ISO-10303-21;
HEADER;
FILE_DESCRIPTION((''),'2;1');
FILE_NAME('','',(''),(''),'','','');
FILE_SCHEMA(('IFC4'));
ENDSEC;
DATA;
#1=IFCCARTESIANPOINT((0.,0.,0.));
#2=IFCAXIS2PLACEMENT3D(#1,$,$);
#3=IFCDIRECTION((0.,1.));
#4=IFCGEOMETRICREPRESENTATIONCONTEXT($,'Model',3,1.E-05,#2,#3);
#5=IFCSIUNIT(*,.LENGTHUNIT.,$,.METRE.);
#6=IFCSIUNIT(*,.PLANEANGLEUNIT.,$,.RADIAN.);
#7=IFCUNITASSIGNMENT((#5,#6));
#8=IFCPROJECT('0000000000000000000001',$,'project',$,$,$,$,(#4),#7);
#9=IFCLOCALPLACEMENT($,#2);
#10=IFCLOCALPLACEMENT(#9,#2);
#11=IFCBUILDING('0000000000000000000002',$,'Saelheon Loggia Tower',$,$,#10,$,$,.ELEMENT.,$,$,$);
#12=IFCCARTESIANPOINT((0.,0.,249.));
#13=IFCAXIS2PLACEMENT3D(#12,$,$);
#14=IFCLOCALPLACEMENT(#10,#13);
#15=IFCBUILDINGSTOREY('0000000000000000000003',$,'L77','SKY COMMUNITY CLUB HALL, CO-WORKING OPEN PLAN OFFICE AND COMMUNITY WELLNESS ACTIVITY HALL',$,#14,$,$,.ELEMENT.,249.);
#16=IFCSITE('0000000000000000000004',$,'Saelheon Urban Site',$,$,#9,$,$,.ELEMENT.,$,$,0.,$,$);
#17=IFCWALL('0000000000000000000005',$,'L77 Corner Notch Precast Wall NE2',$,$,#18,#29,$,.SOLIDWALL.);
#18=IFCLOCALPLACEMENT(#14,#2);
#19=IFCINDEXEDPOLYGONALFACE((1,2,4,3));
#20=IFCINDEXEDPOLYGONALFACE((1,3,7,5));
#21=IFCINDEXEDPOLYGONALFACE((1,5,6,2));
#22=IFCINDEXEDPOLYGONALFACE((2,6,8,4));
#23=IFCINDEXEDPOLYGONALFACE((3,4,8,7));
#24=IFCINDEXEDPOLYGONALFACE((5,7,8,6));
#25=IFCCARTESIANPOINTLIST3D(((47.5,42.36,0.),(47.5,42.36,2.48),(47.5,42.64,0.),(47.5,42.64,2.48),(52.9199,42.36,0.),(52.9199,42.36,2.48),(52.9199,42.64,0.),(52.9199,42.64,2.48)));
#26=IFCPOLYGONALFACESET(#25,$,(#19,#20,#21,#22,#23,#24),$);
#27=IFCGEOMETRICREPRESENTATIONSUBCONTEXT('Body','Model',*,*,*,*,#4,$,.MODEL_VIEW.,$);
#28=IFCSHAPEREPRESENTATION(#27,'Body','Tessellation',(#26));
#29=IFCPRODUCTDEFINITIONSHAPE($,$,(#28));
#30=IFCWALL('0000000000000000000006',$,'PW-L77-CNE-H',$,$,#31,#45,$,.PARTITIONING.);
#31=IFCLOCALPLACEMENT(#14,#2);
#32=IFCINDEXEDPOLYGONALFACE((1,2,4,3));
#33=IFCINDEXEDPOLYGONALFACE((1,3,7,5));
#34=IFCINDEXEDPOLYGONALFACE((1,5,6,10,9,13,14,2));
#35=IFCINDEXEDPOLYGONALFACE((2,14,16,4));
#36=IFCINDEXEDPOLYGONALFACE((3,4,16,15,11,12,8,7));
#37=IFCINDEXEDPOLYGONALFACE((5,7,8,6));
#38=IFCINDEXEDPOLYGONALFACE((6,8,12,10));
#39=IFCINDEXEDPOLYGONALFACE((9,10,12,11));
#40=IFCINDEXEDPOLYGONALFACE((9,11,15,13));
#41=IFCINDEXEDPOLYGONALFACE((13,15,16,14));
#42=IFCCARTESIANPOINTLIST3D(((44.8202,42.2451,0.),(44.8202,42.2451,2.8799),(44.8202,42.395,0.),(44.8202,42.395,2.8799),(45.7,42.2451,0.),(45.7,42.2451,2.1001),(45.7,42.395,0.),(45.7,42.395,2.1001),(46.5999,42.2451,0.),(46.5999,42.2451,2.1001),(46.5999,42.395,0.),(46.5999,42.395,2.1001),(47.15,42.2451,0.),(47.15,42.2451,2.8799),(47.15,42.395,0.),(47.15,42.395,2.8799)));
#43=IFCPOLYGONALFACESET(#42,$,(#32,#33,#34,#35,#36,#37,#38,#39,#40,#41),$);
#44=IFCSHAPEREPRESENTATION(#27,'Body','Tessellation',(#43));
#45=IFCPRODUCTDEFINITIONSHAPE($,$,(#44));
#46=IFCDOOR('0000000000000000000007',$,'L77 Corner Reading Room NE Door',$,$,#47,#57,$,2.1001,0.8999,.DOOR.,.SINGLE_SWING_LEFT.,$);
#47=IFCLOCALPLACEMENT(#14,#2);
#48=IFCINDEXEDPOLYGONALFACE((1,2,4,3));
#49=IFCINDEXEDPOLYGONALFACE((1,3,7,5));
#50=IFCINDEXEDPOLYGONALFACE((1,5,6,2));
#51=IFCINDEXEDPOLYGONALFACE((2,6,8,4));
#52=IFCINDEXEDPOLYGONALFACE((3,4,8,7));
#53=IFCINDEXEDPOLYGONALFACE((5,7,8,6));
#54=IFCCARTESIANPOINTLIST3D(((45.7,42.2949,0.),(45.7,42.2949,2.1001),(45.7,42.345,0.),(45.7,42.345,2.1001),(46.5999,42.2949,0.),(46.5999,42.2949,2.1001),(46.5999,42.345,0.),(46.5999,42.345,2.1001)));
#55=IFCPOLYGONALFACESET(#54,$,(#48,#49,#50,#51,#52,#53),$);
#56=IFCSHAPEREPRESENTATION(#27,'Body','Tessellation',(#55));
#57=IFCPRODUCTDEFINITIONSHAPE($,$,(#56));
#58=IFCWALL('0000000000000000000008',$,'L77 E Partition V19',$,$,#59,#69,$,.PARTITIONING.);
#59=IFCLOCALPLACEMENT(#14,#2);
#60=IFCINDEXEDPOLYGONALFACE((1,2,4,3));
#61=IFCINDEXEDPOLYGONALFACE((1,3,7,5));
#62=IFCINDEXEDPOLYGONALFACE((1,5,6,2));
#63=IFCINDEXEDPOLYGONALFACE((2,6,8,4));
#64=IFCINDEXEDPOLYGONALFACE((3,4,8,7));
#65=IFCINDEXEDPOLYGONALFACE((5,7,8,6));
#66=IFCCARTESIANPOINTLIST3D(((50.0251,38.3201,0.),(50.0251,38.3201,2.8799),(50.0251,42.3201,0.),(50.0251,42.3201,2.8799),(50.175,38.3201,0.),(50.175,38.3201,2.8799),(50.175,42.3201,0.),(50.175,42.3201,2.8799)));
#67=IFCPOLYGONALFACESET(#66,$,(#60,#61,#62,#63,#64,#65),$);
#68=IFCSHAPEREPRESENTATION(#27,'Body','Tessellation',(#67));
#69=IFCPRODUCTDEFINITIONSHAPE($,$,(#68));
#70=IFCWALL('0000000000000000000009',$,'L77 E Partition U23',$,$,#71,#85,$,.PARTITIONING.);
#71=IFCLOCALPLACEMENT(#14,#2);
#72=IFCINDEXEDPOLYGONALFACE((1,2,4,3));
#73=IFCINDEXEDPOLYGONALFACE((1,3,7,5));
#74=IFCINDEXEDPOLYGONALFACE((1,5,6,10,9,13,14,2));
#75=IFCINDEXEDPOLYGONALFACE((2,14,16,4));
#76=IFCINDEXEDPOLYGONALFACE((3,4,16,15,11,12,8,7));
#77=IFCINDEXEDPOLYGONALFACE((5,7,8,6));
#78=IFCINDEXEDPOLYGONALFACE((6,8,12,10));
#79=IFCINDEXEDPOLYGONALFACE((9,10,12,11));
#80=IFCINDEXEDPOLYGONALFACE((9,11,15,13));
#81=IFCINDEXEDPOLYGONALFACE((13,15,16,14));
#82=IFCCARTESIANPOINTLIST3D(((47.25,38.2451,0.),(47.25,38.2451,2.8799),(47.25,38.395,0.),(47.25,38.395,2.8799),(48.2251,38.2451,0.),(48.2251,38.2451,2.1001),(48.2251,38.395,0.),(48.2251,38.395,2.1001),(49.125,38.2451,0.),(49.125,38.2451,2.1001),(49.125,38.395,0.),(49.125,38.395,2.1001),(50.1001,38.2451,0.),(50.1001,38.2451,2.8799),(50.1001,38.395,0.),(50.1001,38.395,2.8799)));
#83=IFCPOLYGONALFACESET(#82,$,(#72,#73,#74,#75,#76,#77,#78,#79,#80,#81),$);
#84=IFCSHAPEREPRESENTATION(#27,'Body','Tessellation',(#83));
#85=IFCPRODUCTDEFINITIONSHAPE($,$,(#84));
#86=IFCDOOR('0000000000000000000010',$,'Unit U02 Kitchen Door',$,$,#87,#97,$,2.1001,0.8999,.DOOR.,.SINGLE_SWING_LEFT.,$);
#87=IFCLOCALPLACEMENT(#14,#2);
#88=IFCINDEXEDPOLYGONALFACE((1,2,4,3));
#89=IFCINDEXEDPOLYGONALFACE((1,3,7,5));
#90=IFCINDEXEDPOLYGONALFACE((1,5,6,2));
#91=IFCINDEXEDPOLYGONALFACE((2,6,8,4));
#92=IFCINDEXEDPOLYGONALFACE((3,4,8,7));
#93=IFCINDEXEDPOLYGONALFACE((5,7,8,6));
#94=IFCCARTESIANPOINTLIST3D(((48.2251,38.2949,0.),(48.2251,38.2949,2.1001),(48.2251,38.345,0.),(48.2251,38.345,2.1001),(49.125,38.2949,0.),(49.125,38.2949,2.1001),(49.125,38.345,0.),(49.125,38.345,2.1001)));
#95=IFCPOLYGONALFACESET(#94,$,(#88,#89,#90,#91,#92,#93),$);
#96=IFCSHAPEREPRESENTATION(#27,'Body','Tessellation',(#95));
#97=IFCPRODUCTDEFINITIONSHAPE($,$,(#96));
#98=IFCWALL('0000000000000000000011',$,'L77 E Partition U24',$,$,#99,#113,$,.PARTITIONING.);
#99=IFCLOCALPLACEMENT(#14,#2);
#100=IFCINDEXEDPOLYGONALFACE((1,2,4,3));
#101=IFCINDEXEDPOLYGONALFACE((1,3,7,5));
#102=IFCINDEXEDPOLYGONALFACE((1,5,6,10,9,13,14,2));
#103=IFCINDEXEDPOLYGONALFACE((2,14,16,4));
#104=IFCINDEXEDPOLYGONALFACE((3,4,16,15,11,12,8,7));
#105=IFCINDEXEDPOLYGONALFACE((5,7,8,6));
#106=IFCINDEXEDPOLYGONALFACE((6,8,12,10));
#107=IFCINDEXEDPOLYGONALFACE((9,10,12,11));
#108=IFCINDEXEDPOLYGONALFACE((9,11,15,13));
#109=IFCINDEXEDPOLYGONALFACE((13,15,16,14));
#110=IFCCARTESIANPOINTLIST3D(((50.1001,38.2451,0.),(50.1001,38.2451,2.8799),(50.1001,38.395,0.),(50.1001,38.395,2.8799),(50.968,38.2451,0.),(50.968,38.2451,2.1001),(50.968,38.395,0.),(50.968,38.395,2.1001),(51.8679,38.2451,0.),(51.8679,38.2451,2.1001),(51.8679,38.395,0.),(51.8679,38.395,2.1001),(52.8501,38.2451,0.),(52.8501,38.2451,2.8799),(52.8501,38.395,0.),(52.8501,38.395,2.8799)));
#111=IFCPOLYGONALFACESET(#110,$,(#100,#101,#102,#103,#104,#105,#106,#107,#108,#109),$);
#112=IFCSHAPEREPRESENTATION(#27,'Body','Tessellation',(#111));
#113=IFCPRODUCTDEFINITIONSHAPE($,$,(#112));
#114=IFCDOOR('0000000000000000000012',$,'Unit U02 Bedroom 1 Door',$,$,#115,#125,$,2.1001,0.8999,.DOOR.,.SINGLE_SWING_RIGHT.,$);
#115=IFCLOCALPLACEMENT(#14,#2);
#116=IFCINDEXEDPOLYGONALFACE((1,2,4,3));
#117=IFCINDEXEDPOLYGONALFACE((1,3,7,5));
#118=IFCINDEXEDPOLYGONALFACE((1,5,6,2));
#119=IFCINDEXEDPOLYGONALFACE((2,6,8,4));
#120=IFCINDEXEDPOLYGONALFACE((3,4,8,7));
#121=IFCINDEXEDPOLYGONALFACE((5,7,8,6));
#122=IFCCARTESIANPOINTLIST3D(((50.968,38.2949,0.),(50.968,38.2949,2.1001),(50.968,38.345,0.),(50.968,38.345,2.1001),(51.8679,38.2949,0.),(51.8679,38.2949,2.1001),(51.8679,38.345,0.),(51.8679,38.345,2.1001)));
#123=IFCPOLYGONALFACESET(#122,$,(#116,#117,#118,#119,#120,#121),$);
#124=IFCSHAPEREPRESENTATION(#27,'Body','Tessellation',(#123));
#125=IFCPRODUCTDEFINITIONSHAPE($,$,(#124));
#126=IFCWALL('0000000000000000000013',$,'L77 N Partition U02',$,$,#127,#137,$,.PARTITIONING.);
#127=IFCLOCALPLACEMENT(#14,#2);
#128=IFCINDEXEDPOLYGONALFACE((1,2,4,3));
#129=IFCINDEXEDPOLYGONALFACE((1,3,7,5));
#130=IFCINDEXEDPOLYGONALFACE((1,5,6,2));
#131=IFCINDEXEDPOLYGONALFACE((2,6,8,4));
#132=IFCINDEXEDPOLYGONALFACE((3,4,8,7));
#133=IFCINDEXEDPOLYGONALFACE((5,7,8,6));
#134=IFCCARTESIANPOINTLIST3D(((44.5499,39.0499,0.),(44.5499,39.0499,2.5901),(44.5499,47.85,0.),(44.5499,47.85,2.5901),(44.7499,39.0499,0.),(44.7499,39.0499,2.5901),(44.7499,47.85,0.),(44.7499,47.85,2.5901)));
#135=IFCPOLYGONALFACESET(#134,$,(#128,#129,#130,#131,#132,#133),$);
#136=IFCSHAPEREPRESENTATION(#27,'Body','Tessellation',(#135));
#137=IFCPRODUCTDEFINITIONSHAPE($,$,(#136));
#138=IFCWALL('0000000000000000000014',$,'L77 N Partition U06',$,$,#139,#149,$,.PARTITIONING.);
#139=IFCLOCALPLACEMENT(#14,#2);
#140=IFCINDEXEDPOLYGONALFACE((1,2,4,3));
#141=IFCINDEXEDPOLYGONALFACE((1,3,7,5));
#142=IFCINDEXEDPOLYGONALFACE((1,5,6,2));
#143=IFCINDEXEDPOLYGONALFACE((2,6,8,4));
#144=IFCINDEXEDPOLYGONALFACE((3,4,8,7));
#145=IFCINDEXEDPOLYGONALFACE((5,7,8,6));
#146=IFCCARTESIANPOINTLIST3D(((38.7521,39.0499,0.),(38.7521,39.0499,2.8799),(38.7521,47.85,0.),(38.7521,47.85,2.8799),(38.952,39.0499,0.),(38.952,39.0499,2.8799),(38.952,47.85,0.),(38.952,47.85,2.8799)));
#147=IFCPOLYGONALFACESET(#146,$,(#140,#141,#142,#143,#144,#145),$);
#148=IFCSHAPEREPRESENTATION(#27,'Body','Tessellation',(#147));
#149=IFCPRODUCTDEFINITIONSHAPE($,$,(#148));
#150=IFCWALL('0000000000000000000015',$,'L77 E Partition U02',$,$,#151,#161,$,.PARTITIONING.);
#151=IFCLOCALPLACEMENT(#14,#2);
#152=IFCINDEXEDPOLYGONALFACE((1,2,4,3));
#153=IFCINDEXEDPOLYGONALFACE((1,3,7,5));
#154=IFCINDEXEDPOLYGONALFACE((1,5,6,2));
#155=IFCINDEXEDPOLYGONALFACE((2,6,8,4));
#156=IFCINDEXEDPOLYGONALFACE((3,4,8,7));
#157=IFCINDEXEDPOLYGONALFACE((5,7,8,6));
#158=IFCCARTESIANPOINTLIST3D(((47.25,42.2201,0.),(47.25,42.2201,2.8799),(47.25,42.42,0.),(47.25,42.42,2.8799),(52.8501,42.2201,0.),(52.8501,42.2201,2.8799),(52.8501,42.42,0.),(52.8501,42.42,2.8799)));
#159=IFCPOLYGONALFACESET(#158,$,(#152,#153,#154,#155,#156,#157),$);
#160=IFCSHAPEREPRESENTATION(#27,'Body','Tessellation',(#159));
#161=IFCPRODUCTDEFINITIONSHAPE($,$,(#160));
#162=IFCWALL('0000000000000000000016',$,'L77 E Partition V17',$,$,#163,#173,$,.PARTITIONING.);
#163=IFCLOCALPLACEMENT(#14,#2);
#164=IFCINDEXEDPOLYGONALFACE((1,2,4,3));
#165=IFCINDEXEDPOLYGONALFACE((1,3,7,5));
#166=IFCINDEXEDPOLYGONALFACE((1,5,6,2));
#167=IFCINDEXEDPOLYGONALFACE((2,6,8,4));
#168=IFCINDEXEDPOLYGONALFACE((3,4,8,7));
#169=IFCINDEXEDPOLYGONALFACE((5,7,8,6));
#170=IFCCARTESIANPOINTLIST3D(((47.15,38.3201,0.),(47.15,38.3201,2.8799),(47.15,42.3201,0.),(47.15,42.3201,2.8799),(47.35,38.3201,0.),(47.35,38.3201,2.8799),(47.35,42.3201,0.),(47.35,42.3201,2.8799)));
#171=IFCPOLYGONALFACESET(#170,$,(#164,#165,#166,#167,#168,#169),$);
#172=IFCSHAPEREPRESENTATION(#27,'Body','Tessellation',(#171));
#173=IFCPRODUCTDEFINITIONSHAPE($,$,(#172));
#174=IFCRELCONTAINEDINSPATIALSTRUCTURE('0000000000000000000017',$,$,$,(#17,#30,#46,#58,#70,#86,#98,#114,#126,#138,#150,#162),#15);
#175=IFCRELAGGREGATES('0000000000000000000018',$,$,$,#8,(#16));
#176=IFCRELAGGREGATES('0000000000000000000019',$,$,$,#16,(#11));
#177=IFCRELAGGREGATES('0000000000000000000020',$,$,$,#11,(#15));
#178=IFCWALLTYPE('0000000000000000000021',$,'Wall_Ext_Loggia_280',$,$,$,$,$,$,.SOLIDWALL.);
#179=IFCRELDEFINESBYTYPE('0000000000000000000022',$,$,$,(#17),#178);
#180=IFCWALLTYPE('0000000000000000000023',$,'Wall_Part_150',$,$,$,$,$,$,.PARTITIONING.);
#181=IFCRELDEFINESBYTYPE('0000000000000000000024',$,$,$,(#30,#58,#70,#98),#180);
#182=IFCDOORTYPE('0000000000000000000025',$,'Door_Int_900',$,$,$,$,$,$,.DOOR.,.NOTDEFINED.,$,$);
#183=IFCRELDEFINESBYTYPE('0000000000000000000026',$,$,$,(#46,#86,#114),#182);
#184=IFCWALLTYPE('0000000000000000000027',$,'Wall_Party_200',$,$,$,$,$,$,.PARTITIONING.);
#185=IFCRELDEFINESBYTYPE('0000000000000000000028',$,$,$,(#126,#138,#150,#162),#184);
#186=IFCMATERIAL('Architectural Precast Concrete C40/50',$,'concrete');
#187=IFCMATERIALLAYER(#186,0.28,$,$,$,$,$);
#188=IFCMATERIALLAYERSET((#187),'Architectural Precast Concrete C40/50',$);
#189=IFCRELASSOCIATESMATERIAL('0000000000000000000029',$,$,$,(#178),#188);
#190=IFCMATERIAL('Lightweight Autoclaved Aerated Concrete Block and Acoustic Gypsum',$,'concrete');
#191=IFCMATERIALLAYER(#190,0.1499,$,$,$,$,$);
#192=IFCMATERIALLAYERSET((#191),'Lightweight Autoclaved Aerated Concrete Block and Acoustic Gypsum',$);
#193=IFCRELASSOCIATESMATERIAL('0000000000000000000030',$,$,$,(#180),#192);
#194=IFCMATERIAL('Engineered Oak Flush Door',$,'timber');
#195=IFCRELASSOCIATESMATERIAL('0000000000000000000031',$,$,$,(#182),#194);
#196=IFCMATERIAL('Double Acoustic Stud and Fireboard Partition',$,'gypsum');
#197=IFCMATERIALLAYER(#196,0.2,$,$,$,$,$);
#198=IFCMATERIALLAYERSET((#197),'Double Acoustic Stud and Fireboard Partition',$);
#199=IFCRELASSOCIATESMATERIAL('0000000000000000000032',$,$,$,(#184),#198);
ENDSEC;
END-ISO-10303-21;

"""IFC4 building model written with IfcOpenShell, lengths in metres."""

from ifc_helpers import new_model, si_unit, direction, frame, frame_2d, origin, place, context, subcontext, project, spatial, rectangle, extrude, source, transform, mapped, material, layer, layer_set, type_object, element, fill, save


model = new_model("IFC4")

# Units and contexts
model_context = context("Model", 3, precision=1e-05, world=origin(), true_north=direction((0.0, 1.0)))
body_context = subcontext(model_context, "Body", "Model", "MODEL_VIEW")
ifc_project = project(units=[si_unit("LENGTHUNIT", "METRE"), si_unit("PLANEANGLEUNIT", "RADIAN")], contexts=[model_context])

# Site, building, storey
site_placement = place(None, origin())
site = spatial("IfcSite", under=ifc_project, at=site_placement, Name="Saelheon Urban Site", CompositionType="ELEMENT", RefElevation=0.0)
building_placement = place(site_placement, origin())
building = spatial("IfcBuilding", under=site, at=building_placement, Name="Saelheon Loggia Tower", CompositionType="ELEMENT")
storey_placement = place(building_placement, frame((0.0, 0.0, 249.0)))
storey = spatial("IfcBuildingStorey", under=building, at=storey_placement, Name="L77", Description="SKY COMMUNITY CLUB HALL, CO-WORKING OPEN PLAN OFFICE AND COMMUNITY WELLNESS ACTIVITY HALL", CompositionType="ELEMENT", Elevation=249.0)

# Wall
ifc_material_1 = material(Name="Architectural Precast Concrete C40/50", Category="concrete")
ifc_layer_1 = layer(ifc_material_1, 0.28)
ifc_layer_set_1 = layer_set([ifc_layer_1], Name="Architectural Precast Concrete C40/50")
wall_type_1 = type_object("IfcWallType", Name="Wall_Ext_Loggia_280", PredefinedType="SOLIDWALL", material=ifc_layer_set_1)
for number, where, z_axis, x_axis, name in (
    (1, (47.5, 42.5, 0.0), (0.0, 0.0, 1.0), (1.0, 0.0, 0.0), "L77 Corner Notch Precast Wall NE2"),
):
    element("IfcWall", number, at=place(storey_placement, frame(where, z_axis=z_axis, x_axis=x_axis)), inside=storey, type_object=wall_type_1, Name=name, PredefinedType="SOLIDWALL", context=body_context, shape_type="SweptSolid", body=[
        extrude(rectangle(XDim=5.4199, YDim=0.28, at=frame_2d((2.71, 0.0))), origin(), (0.0, 0.0, 1.0), 2.48),
    ])

# Wall, opening, door
ifc_material_2 = material(Name="Lightweight Autoclaved Aerated Concrete Block and Acoustic Gypsum", Category="concrete")
ifc_layer_2 = layer(ifc_material_2, 0.1499)
ifc_layer_set_2 = layer_set([ifc_layer_2], Name="Lightweight Autoclaved Aerated Concrete Block and Acoustic Gypsum")
wall_type_2 = type_object("IfcWallType", Name="Wall_Part_150", PredefinedType="PARTITIONING", material=ifc_layer_set_2)
wall_1_placement = place(storey_placement, frame((44.8201, 42.3201, 0.0), z_axis=(0.0, 0.0, 1.0), x_axis=(1.0, 0.0, 0.0)))
wall_1 = element("IfcWall", 2, at=wall_1_placement, inside=storey, type_object=wall_type_2, Name="PW-L77-CNE-H", PredefinedType="PARTITIONING", context=body_context, shape_type="SweptSolid", body=[
    extrude(rectangle(XDim=2.3298, YDim=0.1499, at=frame_2d((1.165, 0.0))), origin(), (0.0, 0.0, 1.0), 2.8799),
])
opening_1_placement = place(wall_1_placement, frame((0.8799, 0.0, 0.0)))
opening_1 = element("IfcOpeningElement", 3, at=opening_1_placement, cuts=wall_1, PredefinedType="OPENING", context=body_context, shape_type="SweptSolid", body=[
    extrude(rectangle(XDim=0.8999, YDim=2.1001, at=frame_2d((0.45, 1.05))), frame((0.0, 0.0869, 0.0), z_axis=(0.0, -1.0, 0.0), x_axis=(1.0, 0.0, 0.0)), (0.0, 0.0, 1.0), 0.1738),
])
ifc_material_3 = material(Name="Engineered Oak Flush Door", Category="timber")
door_type_1 = type_object("IfcDoorType", Name="Door_Int_900", OperationType="NOTDEFINED", PredefinedType="DOOR", material=ifc_material_3)
shared_shape_1 = source(origin(), body_context, "Body", "SweptSolid", [
    extrude(rectangle(XDim=0.8999, YDim=2.1001, at=frame_2d((0.45, 1.05))), frame((0.0, 0.0249, 0.0), z_axis=(0.0, -1.0, 0.0), x_axis=(1.0, 0.0, 0.0)), (0.0, 0.0, 1.0), 0.05),
])
door_1_placement = place(opening_1_placement, origin())
door_1 = element("IfcDoor", 4, at=door_1_placement, inside=storey, type_object=door_type_1, Name="L77 Corner Reading Room NE Door", OperationType="SINGLE_SWING_LEFT", OverallHeight=2.1001, OverallWidth=0.8999, PredefinedType="DOOR", context=body_context, shape_type="MappedRepresentation", body=[
    mapped(shared_shape_1, transform((0.0, 0.0, 0.0), scale=1.0)),
])
fill(opening_1, door_1)

# Wall
wall_2_placement = place(storey_placement, frame((50.1001, 38.3201, 0.0), z_axis=(0.0, 0.0, 1.0), x_axis=(0.0, 1.0, 0.0)))
element("IfcWall", 5, at=wall_2_placement, inside=storey, type_object=wall_type_2, Name="L77 E Partition V19", PredefinedType="PARTITIONING", context=body_context, shape_type="SweptSolid", body=[
    extrude(rectangle(XDim=4.0, YDim=0.1499, at=frame_2d((2.0, 0.0))), origin(), (0.0, 0.0, 1.0), 2.8799),
])

# Walls, openings, doors
wall_3_placement = place(storey_placement, frame((47.25, 38.3201, 0.0), z_axis=(0.0, 0.0, 1.0), x_axis=(1.0, 0.0, 0.0)))
wall_3 = element("IfcWall", 6, at=wall_3_placement, inside=storey, type_object=wall_type_2, Name="L77 E Partition U23", PredefinedType="PARTITIONING", context=body_context, shape_type="SweptSolid", body=[
    extrude(rectangle(XDim=2.8501, YDim=0.1499, at=frame_2d((1.425, 0.0))), origin(), (0.0, 0.0, 1.0), 2.8799),
])
opening_2_placement = place(wall_3_placement, frame((0.9751, 0.0, 0.0)))
opening_2 = element("IfcOpeningElement", 7, at=opening_2_placement, cuts=wall_3, PredefinedType="OPENING", context=body_context, shape_type="SweptSolid", body=[
    extrude(rectangle(XDim=0.8999, YDim=2.1001, at=frame_2d((0.45, 1.05))), frame((0.0, 0.0869, 0.0), z_axis=(0.0, -1.0, 0.0), x_axis=(1.0, 0.0, 0.0)), (0.0, 0.0, 1.0), 0.1738),
])
door_2_placement = place(opening_2_placement, origin())
door_2 = element("IfcDoor", 8, at=door_2_placement, inside=storey, type_object=door_type_1, Name="Unit U02 Kitchen Door", OperationType="SINGLE_SWING_LEFT", OverallHeight=2.1001, OverallWidth=0.8999, PredefinedType="DOOR", context=body_context, shape_type="MappedRepresentation", body=[
    mapped(shared_shape_1, transform((0.0, 0.0, 0.0), scale=1.0)),
])
fill(opening_2, door_2)
wall_4_placement = place(storey_placement, frame((50.1001, 38.3201, 0.0), z_axis=(0.0, 0.0, 1.0), x_axis=(1.0, 0.0, 0.0)))
wall_4 = element("IfcWall", 9, at=wall_4_placement, inside=storey, type_object=wall_type_2, Name="L77 E Partition U24", PredefinedType="PARTITIONING", context=body_context, shape_type="SweptSolid", body=[
    extrude(rectangle(XDim=2.75, YDim=0.1499, at=frame_2d((1.375, 0.0))), origin(), (0.0, 0.0, 1.0), 2.8799),
])
opening_3_placement = place(wall_4_placement, frame((0.8679, 0.0, 0.0)))
opening_3 = element("IfcOpeningElement", 10, at=opening_3_placement, cuts=wall_4, PredefinedType="OPENING", context=body_context, shape_type="SweptSolid", body=[
    extrude(rectangle(XDim=0.8999, YDim=2.1001, at=frame_2d((0.45, 1.05))), frame((0.0, 0.0869, 0.0), z_axis=(0.0, -1.0, 0.0), x_axis=(1.0, 0.0, 0.0)), (0.0, 0.0, 1.0), 0.1738),
])
door_3_placement = place(opening_3_placement, origin())
door_3 = element("IfcDoor", 11, at=door_3_placement, inside=storey, type_object=door_type_1, Name="Unit U02 Bedroom 1 Door", OperationType="SINGLE_SWING_RIGHT", OverallHeight=2.1001, OverallWidth=0.8999, PredefinedType="DOOR", context=body_context, shape_type="MappedRepresentation", body=[
    mapped(shared_shape_1, transform((0.0, 0.0, 0.0), scale=1.0)),
])
fill(opening_3, door_3)

# Walls
ifc_material_4 = material(Name="Double Acoustic Stud and Fireboard Partition", Category="gypsum")
ifc_layer_3 = layer(ifc_material_4, 0.2)
ifc_layer_set_3 = layer_set([ifc_layer_3], Name="Double Acoustic Stud and Fireboard Partition")
wall_type_3 = type_object("IfcWallType", Name="Wall_Party_200", PredefinedType="PARTITIONING", material=ifc_layer_set_3)
wall_5_placement = place(storey_placement, frame((44.6499, 39.05, 0.0), z_axis=(0.0, 0.0, 1.0), x_axis=(0.0, 1.0, 0.0)))
element("IfcWall", 12, at=wall_5_placement, inside=storey, type_object=wall_type_3, Name="L77 N Partition U02", PredefinedType="PARTITIONING", context=body_context, shape_type="SweptSolid", body=[
    extrude(rectangle(XDim=8.8, YDim=0.2, at=frame_2d((4.3999, 0.0))), origin(), (0.0, 0.0, 1.0), 2.5901),
])
wall_6_placement = place(storey_placement, frame((38.8521, 39.05, 0.0), z_axis=(0.0, 0.0, 1.0), x_axis=(0.0, 1.0, 0.0)))
element("IfcWall", 13, at=wall_6_placement, inside=storey, type_object=wall_type_3, Name="L77 N Partition U06", PredefinedType="PARTITIONING", context=body_context, shape_type="SweptSolid", body=[
    extrude(rectangle(XDim=8.8, YDim=0.2, at=frame_2d((4.3999, 0.0))), origin(), (0.0, 0.0, 1.0), 2.8799),
])
wall_7_placement = place(storey_placement, frame((47.25, 42.3201, 0.0), z_axis=(0.0, 0.0, 1.0), x_axis=(1.0, 0.0, 0.0)))
element("IfcWall", 14, at=wall_7_placement, inside=storey, type_object=wall_type_3, Name="L77 E Partition U02", PredefinedType="PARTITIONING", context=body_context, shape_type="SweptSolid", body=[
    extrude(rectangle(XDim=5.6001, YDim=0.2, at=frame_2d((2.8, 0.0))), origin(), (0.0, 0.0, 1.0), 2.8799),
])
wall_8_placement = place(storey_placement, frame((47.25, 38.3201, 0.0), z_axis=(0.0, 0.0, 1.0), x_axis=(0.0, 1.0, 0.0)))
element("IfcWall", 15, at=wall_8_placement, inside=storey, type_object=wall_type_3, Name="L77 E Partition V17", PredefinedType="PARTITIONING", context=body_context, shape_type="SweptSolid", body=[
    extrude(rectangle(XDim=4.0, YDim=0.2, at=frame_2d((2.0, 0.0))), origin(), (0.0, 0.0, 1.0), 2.8799),
])

save(model, "model.ifc")
